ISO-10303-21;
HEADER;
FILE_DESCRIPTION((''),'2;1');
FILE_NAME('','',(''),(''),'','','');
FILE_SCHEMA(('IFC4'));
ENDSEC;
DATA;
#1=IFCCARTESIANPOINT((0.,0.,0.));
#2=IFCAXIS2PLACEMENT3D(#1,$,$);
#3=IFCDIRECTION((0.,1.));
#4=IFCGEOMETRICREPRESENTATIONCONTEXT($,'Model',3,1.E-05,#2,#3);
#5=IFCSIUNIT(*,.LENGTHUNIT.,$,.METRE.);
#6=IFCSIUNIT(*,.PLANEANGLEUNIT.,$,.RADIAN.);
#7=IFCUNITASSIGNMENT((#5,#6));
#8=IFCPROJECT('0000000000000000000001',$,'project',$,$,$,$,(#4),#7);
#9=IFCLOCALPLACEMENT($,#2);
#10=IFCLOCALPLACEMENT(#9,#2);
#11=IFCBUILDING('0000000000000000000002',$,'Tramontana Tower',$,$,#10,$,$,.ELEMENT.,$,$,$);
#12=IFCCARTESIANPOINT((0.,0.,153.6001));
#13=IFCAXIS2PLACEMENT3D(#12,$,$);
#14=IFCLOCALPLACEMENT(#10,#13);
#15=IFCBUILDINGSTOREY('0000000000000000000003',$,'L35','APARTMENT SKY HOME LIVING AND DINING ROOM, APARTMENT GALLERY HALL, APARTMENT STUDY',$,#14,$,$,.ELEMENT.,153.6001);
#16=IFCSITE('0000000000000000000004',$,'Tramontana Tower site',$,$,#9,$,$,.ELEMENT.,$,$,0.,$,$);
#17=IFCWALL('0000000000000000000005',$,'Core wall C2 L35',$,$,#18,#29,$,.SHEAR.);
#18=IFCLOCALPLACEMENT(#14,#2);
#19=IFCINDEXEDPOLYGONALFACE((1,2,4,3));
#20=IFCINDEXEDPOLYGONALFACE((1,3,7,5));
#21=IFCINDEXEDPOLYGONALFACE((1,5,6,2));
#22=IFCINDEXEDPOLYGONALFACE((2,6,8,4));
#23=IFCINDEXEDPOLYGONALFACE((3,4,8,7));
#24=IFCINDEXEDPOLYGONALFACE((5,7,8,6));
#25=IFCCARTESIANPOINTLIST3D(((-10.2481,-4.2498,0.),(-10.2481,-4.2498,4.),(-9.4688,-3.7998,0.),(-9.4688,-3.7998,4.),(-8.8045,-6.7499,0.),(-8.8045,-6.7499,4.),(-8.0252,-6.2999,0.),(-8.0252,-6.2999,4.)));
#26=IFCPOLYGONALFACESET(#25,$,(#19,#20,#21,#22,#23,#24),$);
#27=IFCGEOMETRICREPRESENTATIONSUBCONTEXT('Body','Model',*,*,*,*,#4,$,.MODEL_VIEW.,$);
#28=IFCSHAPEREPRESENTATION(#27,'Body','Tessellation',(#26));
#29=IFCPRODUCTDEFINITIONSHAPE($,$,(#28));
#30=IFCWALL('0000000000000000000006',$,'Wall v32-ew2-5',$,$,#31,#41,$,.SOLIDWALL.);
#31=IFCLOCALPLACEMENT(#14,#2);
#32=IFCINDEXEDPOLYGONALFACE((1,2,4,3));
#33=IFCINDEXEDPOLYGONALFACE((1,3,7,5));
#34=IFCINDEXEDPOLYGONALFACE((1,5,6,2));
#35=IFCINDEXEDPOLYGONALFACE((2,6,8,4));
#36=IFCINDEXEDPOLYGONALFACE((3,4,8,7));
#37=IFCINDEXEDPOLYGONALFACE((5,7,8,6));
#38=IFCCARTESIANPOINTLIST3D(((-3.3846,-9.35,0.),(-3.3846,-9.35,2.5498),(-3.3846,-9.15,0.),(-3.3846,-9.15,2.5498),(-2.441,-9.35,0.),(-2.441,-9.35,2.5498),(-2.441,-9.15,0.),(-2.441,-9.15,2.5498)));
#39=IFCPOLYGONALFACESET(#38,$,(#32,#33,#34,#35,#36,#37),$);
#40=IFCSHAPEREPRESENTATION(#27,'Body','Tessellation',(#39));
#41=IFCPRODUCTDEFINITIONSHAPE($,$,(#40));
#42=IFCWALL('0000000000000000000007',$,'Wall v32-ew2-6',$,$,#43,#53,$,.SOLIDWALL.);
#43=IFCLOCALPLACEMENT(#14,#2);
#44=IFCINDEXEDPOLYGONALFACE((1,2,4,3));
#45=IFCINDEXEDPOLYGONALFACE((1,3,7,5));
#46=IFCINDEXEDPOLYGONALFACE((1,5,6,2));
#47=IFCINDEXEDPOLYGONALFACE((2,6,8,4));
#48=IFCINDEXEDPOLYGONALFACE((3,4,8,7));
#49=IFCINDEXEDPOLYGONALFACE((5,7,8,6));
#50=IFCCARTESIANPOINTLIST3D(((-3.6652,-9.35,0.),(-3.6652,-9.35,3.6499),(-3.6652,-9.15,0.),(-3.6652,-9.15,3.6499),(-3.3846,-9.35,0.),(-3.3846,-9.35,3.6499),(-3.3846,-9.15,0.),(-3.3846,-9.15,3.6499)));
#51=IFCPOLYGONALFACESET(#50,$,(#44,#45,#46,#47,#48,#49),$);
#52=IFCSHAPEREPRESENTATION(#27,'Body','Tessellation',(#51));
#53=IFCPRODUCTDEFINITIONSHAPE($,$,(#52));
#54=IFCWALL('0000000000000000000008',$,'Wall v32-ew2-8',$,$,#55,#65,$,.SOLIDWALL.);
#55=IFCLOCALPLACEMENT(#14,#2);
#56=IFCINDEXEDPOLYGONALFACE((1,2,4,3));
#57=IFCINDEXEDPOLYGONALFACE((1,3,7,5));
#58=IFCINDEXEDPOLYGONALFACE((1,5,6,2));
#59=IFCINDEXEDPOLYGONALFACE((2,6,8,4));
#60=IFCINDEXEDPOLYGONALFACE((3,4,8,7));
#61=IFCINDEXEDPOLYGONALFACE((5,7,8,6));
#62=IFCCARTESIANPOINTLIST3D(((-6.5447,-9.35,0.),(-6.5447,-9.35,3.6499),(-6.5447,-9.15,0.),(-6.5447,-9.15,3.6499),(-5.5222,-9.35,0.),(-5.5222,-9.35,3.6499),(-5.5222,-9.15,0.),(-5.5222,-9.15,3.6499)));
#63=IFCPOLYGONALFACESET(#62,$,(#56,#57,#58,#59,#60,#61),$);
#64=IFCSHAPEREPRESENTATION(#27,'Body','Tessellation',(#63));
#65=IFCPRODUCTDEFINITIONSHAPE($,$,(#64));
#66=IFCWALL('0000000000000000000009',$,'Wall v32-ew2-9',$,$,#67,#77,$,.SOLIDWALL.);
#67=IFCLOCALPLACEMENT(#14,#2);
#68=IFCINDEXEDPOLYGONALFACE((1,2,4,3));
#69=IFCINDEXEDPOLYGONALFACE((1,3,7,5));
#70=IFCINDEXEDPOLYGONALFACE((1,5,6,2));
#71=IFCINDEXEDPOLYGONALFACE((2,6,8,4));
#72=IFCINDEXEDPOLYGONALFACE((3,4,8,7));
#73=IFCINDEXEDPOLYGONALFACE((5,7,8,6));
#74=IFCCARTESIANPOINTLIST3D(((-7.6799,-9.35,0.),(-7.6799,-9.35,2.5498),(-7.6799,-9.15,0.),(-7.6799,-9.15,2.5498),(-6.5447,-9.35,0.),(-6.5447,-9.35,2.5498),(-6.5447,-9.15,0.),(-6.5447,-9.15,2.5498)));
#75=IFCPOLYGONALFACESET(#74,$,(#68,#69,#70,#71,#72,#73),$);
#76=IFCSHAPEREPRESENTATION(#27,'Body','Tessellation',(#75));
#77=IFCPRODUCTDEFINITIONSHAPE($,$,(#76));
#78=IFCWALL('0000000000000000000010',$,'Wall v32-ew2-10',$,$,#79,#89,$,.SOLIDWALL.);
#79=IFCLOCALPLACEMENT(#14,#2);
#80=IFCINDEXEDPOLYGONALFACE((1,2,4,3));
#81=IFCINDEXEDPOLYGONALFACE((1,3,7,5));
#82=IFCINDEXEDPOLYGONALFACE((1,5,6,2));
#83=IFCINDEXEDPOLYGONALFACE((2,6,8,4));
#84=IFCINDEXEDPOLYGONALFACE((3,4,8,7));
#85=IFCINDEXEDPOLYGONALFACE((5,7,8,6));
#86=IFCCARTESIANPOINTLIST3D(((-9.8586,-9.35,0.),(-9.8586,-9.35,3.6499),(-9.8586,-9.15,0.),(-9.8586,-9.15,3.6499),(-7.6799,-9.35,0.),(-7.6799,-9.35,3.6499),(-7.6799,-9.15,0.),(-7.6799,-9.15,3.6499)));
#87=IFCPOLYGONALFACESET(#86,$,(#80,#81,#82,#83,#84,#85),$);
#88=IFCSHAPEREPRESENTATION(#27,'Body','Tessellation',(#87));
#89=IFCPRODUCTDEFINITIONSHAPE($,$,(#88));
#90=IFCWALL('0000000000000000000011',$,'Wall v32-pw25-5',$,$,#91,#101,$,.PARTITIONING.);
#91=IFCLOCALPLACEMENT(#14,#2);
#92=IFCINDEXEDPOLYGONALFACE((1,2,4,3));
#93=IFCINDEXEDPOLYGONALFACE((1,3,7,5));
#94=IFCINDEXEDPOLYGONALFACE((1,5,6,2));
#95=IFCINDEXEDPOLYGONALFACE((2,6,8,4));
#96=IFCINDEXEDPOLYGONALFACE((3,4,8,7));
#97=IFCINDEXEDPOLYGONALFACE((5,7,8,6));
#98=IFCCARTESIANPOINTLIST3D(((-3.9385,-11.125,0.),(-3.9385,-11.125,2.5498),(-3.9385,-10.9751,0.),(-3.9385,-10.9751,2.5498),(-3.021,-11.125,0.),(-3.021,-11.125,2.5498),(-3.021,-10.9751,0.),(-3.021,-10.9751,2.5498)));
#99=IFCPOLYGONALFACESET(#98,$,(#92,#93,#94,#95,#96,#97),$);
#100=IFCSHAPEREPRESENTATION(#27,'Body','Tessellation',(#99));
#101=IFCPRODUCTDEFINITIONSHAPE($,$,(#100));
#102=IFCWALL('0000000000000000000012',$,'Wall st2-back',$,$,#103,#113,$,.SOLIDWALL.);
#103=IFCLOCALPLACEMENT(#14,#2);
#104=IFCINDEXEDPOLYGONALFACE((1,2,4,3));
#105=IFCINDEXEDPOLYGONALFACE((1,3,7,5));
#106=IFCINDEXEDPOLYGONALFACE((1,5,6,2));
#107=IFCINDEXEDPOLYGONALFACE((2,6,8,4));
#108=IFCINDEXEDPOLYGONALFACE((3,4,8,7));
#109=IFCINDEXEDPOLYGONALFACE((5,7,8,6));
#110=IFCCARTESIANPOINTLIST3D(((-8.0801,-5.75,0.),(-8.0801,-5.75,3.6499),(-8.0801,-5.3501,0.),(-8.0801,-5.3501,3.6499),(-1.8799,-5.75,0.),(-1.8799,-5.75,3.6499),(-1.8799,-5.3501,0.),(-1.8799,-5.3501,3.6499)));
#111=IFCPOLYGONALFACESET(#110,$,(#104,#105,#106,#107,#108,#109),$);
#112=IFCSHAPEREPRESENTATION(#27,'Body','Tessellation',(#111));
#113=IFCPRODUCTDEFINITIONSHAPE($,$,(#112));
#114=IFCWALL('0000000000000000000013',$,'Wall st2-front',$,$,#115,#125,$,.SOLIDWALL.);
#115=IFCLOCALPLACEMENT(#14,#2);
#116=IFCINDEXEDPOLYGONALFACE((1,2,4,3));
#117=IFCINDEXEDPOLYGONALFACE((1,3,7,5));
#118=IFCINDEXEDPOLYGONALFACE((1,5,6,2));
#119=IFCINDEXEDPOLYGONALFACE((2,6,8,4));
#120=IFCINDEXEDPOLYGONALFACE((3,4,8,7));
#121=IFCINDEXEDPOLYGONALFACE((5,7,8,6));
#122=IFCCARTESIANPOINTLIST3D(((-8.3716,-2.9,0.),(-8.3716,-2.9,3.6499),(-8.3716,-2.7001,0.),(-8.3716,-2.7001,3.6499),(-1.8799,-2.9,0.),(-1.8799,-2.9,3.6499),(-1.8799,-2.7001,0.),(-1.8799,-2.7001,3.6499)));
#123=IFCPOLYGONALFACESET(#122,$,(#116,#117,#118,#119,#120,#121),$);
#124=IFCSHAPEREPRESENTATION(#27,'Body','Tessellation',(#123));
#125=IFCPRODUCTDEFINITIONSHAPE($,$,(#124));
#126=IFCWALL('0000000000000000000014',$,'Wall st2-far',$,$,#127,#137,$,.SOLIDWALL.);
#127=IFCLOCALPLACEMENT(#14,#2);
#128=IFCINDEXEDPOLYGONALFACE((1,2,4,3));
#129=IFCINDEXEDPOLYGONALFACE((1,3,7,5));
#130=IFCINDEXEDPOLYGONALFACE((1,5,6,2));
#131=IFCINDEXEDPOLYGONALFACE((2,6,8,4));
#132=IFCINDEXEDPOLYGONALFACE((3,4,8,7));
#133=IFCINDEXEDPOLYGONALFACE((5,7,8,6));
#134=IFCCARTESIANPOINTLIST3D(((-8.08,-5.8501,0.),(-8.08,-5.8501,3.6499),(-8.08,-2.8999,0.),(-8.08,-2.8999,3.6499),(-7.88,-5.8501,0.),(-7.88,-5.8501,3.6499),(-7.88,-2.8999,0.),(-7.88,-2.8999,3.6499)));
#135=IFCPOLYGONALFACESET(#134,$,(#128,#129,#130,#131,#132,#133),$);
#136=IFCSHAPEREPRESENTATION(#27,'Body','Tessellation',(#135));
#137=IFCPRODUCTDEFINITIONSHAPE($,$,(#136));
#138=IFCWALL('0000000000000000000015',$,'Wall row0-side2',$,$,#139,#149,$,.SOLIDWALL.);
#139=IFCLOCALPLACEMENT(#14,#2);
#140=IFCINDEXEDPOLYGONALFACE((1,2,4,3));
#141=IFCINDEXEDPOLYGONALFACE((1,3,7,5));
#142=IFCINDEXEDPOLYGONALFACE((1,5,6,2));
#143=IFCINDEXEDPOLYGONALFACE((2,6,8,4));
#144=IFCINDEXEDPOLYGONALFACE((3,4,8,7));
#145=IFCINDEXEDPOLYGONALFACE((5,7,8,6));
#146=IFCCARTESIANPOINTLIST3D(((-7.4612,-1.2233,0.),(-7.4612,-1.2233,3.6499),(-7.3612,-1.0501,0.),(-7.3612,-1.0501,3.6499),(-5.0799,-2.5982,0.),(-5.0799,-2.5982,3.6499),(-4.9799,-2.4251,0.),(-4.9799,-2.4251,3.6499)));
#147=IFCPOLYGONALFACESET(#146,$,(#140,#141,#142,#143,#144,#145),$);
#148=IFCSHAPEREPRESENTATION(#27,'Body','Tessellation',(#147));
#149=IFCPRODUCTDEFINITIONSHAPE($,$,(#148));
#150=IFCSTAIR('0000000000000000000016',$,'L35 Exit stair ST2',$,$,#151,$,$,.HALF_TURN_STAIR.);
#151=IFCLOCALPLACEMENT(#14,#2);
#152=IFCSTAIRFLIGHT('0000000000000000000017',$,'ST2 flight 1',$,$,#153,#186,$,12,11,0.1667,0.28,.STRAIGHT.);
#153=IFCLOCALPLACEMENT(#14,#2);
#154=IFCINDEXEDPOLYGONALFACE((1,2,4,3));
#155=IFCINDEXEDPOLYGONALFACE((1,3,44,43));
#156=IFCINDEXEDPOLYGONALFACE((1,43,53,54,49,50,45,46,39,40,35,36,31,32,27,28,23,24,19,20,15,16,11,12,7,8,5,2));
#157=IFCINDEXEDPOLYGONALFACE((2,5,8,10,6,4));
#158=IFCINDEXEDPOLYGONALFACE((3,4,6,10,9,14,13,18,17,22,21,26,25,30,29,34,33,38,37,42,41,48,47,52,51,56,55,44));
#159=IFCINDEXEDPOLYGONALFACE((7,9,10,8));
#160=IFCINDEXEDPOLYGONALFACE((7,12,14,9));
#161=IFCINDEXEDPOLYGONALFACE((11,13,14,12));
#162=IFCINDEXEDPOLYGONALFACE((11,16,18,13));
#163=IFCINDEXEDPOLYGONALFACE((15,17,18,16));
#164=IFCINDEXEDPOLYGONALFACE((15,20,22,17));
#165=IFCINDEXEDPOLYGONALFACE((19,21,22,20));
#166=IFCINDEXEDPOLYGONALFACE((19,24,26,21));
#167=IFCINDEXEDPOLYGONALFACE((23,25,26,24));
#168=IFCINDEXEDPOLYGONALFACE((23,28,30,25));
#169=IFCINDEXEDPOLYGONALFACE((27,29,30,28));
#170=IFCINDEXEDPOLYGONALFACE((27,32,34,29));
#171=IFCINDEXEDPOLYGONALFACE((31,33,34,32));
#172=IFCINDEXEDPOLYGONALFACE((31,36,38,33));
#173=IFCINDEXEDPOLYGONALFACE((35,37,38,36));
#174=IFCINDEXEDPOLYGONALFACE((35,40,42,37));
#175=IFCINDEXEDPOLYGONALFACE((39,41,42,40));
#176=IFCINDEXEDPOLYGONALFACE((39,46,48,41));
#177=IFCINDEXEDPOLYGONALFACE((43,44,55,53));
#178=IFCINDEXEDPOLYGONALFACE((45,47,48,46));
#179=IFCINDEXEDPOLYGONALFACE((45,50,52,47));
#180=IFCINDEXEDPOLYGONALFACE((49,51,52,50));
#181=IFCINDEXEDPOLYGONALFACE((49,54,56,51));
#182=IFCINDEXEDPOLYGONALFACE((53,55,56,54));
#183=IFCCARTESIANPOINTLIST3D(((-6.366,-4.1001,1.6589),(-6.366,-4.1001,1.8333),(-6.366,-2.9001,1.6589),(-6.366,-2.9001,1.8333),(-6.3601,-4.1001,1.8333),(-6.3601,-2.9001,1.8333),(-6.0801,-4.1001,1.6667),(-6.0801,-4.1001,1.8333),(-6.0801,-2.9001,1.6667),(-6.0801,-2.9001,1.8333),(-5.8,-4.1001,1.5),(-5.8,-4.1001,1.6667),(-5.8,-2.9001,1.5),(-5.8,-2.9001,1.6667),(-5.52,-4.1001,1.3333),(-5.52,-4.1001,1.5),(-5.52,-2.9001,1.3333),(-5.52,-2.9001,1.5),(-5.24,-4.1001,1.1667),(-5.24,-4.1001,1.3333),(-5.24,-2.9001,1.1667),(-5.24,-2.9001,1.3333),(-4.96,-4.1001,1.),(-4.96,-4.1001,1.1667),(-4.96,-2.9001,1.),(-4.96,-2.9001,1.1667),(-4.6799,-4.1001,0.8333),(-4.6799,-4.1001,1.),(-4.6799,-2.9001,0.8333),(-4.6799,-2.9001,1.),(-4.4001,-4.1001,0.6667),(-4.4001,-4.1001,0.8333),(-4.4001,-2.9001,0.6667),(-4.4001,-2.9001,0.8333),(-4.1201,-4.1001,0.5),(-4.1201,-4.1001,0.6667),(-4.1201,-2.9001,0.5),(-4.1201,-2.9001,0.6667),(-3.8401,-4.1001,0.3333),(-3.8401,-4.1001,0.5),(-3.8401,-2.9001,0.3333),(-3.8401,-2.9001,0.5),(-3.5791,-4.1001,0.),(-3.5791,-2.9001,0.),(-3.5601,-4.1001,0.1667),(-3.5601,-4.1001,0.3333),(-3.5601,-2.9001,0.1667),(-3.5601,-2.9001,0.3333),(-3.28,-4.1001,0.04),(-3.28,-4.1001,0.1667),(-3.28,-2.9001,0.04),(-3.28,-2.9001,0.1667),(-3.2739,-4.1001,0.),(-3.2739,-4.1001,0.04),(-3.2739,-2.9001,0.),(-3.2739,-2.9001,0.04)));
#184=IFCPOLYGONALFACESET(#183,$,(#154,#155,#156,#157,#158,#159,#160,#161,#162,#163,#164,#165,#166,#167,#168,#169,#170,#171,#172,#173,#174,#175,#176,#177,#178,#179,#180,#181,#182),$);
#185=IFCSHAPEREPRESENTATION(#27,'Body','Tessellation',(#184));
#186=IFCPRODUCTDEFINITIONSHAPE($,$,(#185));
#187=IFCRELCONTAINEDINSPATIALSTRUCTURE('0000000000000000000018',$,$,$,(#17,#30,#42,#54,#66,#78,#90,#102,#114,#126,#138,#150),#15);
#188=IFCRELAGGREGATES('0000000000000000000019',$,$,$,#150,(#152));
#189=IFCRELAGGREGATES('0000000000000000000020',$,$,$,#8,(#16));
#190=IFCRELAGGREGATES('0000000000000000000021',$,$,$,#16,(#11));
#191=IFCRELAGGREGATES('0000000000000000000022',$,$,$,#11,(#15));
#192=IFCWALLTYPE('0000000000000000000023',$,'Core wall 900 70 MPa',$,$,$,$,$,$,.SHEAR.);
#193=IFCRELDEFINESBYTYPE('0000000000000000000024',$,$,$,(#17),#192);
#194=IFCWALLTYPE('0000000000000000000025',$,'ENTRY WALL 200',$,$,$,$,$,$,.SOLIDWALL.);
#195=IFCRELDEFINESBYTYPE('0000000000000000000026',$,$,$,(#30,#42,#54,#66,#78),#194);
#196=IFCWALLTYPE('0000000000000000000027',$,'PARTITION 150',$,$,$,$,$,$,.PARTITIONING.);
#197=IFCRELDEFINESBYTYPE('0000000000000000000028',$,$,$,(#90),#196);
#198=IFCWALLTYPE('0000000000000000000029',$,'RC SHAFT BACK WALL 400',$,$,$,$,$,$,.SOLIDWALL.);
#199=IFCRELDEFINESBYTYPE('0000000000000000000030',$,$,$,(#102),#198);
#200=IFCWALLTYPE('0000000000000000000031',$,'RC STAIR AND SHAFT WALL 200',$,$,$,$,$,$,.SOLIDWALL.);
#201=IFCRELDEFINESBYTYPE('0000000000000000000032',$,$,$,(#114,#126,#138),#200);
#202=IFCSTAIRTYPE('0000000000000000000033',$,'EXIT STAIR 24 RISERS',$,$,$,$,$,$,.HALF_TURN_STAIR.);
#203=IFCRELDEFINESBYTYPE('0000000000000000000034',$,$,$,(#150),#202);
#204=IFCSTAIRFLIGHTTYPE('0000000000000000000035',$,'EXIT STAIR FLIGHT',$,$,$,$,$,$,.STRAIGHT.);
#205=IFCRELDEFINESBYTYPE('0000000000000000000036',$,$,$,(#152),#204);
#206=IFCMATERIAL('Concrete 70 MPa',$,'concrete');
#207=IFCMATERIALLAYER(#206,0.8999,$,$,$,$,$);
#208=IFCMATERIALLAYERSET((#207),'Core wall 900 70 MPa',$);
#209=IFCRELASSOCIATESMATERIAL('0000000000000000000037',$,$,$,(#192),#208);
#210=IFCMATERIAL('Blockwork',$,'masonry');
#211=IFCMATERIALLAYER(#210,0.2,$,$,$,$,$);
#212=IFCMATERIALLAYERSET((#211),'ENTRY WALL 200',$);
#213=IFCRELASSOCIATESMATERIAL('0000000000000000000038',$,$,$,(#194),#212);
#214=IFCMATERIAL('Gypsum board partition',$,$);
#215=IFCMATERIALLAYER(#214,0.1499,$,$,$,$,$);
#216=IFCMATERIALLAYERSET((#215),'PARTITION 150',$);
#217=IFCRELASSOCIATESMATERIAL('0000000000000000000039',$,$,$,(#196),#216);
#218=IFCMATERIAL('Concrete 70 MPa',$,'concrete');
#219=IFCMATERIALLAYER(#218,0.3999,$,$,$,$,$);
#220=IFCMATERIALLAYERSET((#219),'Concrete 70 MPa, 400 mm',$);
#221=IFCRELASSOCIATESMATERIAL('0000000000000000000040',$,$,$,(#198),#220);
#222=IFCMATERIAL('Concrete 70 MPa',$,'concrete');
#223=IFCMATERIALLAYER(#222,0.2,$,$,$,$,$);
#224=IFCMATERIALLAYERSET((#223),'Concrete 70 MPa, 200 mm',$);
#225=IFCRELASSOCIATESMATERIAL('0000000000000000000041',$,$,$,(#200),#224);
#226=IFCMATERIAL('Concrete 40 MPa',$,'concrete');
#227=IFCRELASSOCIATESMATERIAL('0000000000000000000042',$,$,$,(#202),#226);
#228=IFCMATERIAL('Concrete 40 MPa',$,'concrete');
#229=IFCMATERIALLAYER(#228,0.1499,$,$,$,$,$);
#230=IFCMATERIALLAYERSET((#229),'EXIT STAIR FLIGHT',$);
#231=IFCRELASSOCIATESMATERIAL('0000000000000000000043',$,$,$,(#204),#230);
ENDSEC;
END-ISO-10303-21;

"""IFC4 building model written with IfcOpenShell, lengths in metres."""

from ifc_helpers import new_model, si_unit, direction, frame, frame_2d, origin, place, context, subcontext, project, spatial, polyline, rectangle, outline, extrude, material, layer, layer_set, type_object, element, aggregate, save


model = new_model("IFC4")

# Units and contexts
model_context = context("Model", 3, precision=1e-05, world=origin(), true_north=direction((0.0, 1.0)))
body_context = subcontext(model_context, "Body", "Model", "MODEL_VIEW")
ifc_project = project(units=[si_unit("LENGTHUNIT", "METRE"), si_unit("PLANEANGLEUNIT", "RADIAN")], contexts=[model_context])

# Site, building, storey
site_placement = place(None, origin())
site = spatial("IfcSite", under=ifc_project, at=site_placement, Name="Tramontana Tower site", CompositionType="ELEMENT", RefElevation=0.0)
building_placement = place(site_placement, origin())
building = spatial("IfcBuilding", under=site, at=building_placement, Name="Tramontana Tower", CompositionType="ELEMENT")
storey_placement = place(building_placement, frame((0.0, 0.0, 153.6001)))
storey = spatial("IfcBuildingStorey", under=building, at=storey_placement, Name="L35", Description="APARTMENT SKY HOME LIVING AND DINING ROOM, APARTMENT GALLERY HALL, APARTMENT STUDY", CompositionType="ELEMENT", Elevation=153.6001)

# Wall
ifc_material_1 = material(Name="Concrete 70 MPa", Category="concrete")
ifc_layer_1 = layer(ifc_material_1, 0.8999)
ifc_layer_set_1 = layer_set([ifc_layer_1], Name="Core wall 900 70 MPa")
wall_type_1 = type_object("IfcWallType", Name="Core wall 900 70 MPa", PredefinedType="SHEAR", material=ifc_layer_set_1)
wall_1_placement = place(storey_placement, frame((-9.8584, -4.0249, 0.0), z_axis=(0.0, 0.0, 1.0), x_axis=(0.500059, -0.865991, 0.0)))
element("IfcWall", 1, at=wall_1_placement, inside=storey, type_object=wall_type_1, Name="Core wall C2 L35", PredefinedType="SHEAR", context=body_context, shape_type="SweptSolid", body=[
    extrude(rectangle(XDim=2.887, YDim=0.8999, at=frame_2d((1.4434, 0.0))), origin(), (0.0, 0.0, 1.0), 4.0),
])

# Walls
ifc_material_2 = material(Name="Blockwork", Category="masonry")
ifc_layer_2 = layer(ifc_material_2, 0.2)
ifc_layer_set_2 = layer_set([ifc_layer_2], Name="ENTRY WALL 200")
wall_type_2 = type_object("IfcWallType", Name="ENTRY WALL 200", PredefinedType="SOLIDWALL", material=ifc_layer_set_2)
wall_2_placement = place(storey_placement, frame((-2.4412, -9.25, 0.0), z_axis=(0.0, 0.0, 1.0), x_axis=(-1.0, 0.0, 0.0)))
element("IfcWall", 2, at=wall_2_placement, inside=storey, type_object=wall_type_2, Name="Wall v32-ew2-5", PredefinedType="SOLIDWALL", context=body_context, shape_type="SweptSolid", body=[
    extrude(rectangle(XDim=0.9436, YDim=0.2, at=frame_2d((0.4717, 0.0))), origin(), (0.0, 0.0, 1.0), 2.5498),
])
wall_3_placement = place(storey_placement, frame((-3.3848, -9.25, 0.0), z_axis=(0.0, 0.0, 1.0), x_axis=(-1.0, 0.0, 0.0)))
element("IfcWall", 3, at=wall_3_placement, inside=storey, type_object=wall_type_2, Name="Wall v32-ew2-6", PredefinedType="SOLIDWALL", context=body_context, shape_type="SweptSolid", body=[
    extrude(rectangle(XDim=0.2805, YDim=0.2, at=frame_2d((0.1401, 0.0))), origin(), (0.0, 0.0, 1.0), 3.6499),
])

# Walls
wall_4_placement = place(storey_placement, frame((-5.5222, -9.25, 0.0), z_axis=(0.0, 0.0, 1.0), x_axis=(-1.0, 0.0, 0.0)))
element("IfcWall", 4, at=wall_4_placement, inside=storey, type_object=wall_type_2, Name="Wall v32-ew2-8", PredefinedType="SOLIDWALL", context=body_context, shape_type="SweptSolid", body=[
    extrude(rectangle(XDim=1.0225, YDim=0.2, at=frame_2d((0.5112, 0.0))), origin(), (0.0, 0.0, 1.0), 3.6499),
])
wall_5_placement = place(storey_placement, frame((-6.5447, -9.25, 0.0), z_axis=(0.0, 0.0, 1.0), x_axis=(-1.0, 0.0, 0.0)))
element("IfcWall", 5, at=wall_5_placement, inside=storey, type_object=wall_type_2, Name="Wall v32-ew2-9", PredefinedType="SOLIDWALL", context=body_context, shape_type="SweptSolid", body=[
    extrude(rectangle(XDim=1.1353, YDim=0.2, at=frame_2d((0.5676, 0.0))), origin(), (0.0, 0.0, 1.0), 2.5498),
])
wall_6_placement = place(storey_placement, frame((-7.6799, -9.25, 0.0), z_axis=(0.0, 0.0, 1.0), x_axis=(-1.0, 0.0, 0.0)))
element("IfcWall", 6, at=wall_6_placement, inside=storey, type_object=wall_type_2, Name="Wall v32-ew2-10", PredefinedType="SOLIDWALL", context=body_context, shape_type="SweptSolid", body=[
    extrude(rectangle(XDim=2.1787, YDim=0.2, at=frame_2d((1.0894, 0.0))), origin(), (0.0, 0.0, 1.0), 3.6499),
])
ifc_material_3 = material(Name="Gypsum board partition")
ifc_layer_3 = layer(ifc_material_3, 0.1499)
ifc_layer_set_3 = layer_set([ifc_layer_3], Name="PARTITION 150")
wall_type_3 = type_object("IfcWallType", Name="PARTITION 150", PredefinedType="PARTITIONING", material=ifc_layer_set_3)
wall_7_placement = place(storey_placement, frame((-3.021, -11.05, 0.0), z_axis=(0.0, 0.0, 1.0), x_axis=(-1.0, 0.0, 0.0)))
element("IfcWall", 7, at=wall_7_placement, inside=storey, type_object=wall_type_3, Name="Wall v32-pw25-5", PredefinedType="PARTITIONING", context=body_context, shape_type="SweptSolid", body=[
    extrude(rectangle(XDim=0.9175, YDim=0.1499, at=frame_2d((0.4587, 0.0))), origin(), (0.0, 0.0, 1.0), 2.5498),
])
ifc_material_4 = material(Name="Concrete 70 MPa", Category="concrete")
ifc_layer_4 = layer(ifc_material_4, 0.3999)
ifc_layer_set_4 = layer_set([ifc_layer_4], Name="Concrete 70 MPa, 400 mm")
wall_type_4 = type_object("IfcWallType", Name="RC SHAFT BACK WALL 400", PredefinedType="SOLIDWALL", material=ifc_layer_set_4)
wall_8_placement = place(storey_placement, frame((-8.0801, -5.55, 0.0), z_axis=(0.0, 0.0, 1.0), x_axis=(1.0, 0.0, 0.0)))
element("IfcWall", 8, at=wall_8_placement, inside=storey, type_object=wall_type_4, Name="Wall st2-back", PredefinedType="SOLIDWALL", context=body_context, shape_type="SweptSolid", body=[
    extrude(rectangle(XDim=6.2002, YDim=0.3999, at=frame_2d((3.1001, 0.0))), origin(), (0.0, 0.0, 1.0), 3.6499),
])
ifc_material_5 = material(Name="Concrete 70 MPa", Category="concrete")
ifc_layer_5 = layer(ifc_material_5, 0.2)
ifc_layer_set_5 = layer_set([ifc_layer_5], Name="Concrete 70 MPa, 200 mm")
wall_type_5 = type_object("IfcWallType", Name="RC STAIR AND SHAFT WALL 200", PredefinedType="SOLIDWALL", material=ifc_layer_set_5)
wall_9_placement = place(storey_placement, frame((-8.3716, -2.8, 0.0), z_axis=(0.0, 0.0, 1.0), x_axis=(1.0, 0.0, 0.0)))
element("IfcWall", 9, at=wall_9_placement, inside=storey, type_object=wall_type_5, Name="Wall st2-front", PredefinedType="SOLIDWALL", context=body_context, shape_type="SweptSolid", body=[
    extrude(rectangle(XDim=6.4917, YDim=0.2, at=frame_2d((3.2458, 0.0))), origin(), (0.0, 0.0, 1.0), 3.6499),
])
wall_10_placement = place(storey_placement, frame((-7.98, -2.8999, 0.0), z_axis=(0.0, 0.0, 1.0), x_axis=(0.0, -1.0, 0.0)))
element("IfcWall", 10, at=wall_10_placement, inside=storey, type_object=wall_type_5, Name="Wall st2-far", PredefinedType="SOLIDWALL", context=body_context, shape_type="SweptSolid", body=[
    extrude(rectangle(XDim=2.9502, YDim=0.2, at=frame_2d((1.4751, 0.0))), origin(), (0.0, 0.0, 1.0), 3.6499),
])
wall_11_placement = place(storey_placement, frame((-5.0298, -2.5117, 0.0), z_axis=(0.0, 0.0, 1.0), x_axis=(-0.866005, 0.500035, 0.0)))
element("IfcWall", 11, at=wall_11_placement, inside=storey, type_object=wall_type_5, Name="Wall row0-side2", PredefinedType="SOLIDWALL", context=body_context, shape_type="SweptSolid", body=[
    extrude(rectangle(XDim=2.7498, YDim=0.2, at=frame_2d((1.375, 0.0))), origin(), (0.0, 0.0, 1.0), 3.6499),
])

# Stair, stair flight
ifc_material_6 = material(Name="Concrete 40 MPa", Category="concrete")
stair_type = type_object("IfcStairType", Name="EXIT STAIR 24 RISERS", PredefinedType="HALF_TURN_STAIR", material=ifc_material_6)
stair_placement = place(storey_placement, origin())
stair = element("IfcStair", 12, at=stair_placement, inside=storey, type_object=stair_type, Name="L35 Exit stair ST2", PredefinedType="HALF_TURN_STAIR")
ifc_material_7 = material(Name="Concrete 40 MPa", Category="concrete")
ifc_layer_6 = layer(ifc_material_7, 0.1499)
ifc_layer_set_6 = layer_set([ifc_layer_6], Name="EXIT STAIR FLIGHT")
stair_flight_type = type_object("IfcStairFlightType", Name="EXIT STAIR FLIGHT", PredefinedType="STRAIGHT", material=ifc_layer_set_6)
stair_flight_1_placement = place(storey_placement, frame((-3.28, -3.5, 0.0), z_axis=(0.0, 0.0, 1.0), x_axis=(-1.0, 0.0, 0.0)))
stair_flight_1 = element("IfcStairFlight", 13, at=stair_flight_1_placement, type_object=stair_flight_type, Name="ST2 flight 1", NumberOfRisers=12, NumberOfTreads=11, PredefinedType="STRAIGHT", RiserHeight=0.1667, TreadLength=0.28, context=body_context, shape_type="SweptSolid", body=[
    extrude(outline(polyline([(-0.0061, 0.0), (-0.0061, 0.04), (0.0, 0.04), (0.0, 0.1667), (0.28, 0.1667), (0.28, 0.3333), (0.5601, 0.3333), (0.5601, 0.5), (0.8401, 0.5), (0.8401, 0.6667), (1.1201, 0.6667), (1.1201, 0.8333), (1.3999, 0.8333), (1.3999, 1.0), (1.6799, 1.0), (1.6799, 1.1667), (1.96, 1.1667), (1.96, 1.3333), (2.24, 1.3333), (2.24, 1.5), (2.52, 1.5), (2.52, 1.6667), (2.8, 1.6667), (2.8, 1.8333), (3.0801, 1.8333), (3.0859, 1.8333), (3.0859, 1.6589), (0.2991, 0.0), (-0.0061, 0.0)])), frame((0.0, 0.6001, 0.0), z_axis=(0.0, -1.0, 0.0), x_axis=(1.0, 0.0, 0.0)), (0.0, 0.0, 1.0), 1.2),
])
aggregate(stair, [stair_flight_1])

save(model, "model.ifc")
